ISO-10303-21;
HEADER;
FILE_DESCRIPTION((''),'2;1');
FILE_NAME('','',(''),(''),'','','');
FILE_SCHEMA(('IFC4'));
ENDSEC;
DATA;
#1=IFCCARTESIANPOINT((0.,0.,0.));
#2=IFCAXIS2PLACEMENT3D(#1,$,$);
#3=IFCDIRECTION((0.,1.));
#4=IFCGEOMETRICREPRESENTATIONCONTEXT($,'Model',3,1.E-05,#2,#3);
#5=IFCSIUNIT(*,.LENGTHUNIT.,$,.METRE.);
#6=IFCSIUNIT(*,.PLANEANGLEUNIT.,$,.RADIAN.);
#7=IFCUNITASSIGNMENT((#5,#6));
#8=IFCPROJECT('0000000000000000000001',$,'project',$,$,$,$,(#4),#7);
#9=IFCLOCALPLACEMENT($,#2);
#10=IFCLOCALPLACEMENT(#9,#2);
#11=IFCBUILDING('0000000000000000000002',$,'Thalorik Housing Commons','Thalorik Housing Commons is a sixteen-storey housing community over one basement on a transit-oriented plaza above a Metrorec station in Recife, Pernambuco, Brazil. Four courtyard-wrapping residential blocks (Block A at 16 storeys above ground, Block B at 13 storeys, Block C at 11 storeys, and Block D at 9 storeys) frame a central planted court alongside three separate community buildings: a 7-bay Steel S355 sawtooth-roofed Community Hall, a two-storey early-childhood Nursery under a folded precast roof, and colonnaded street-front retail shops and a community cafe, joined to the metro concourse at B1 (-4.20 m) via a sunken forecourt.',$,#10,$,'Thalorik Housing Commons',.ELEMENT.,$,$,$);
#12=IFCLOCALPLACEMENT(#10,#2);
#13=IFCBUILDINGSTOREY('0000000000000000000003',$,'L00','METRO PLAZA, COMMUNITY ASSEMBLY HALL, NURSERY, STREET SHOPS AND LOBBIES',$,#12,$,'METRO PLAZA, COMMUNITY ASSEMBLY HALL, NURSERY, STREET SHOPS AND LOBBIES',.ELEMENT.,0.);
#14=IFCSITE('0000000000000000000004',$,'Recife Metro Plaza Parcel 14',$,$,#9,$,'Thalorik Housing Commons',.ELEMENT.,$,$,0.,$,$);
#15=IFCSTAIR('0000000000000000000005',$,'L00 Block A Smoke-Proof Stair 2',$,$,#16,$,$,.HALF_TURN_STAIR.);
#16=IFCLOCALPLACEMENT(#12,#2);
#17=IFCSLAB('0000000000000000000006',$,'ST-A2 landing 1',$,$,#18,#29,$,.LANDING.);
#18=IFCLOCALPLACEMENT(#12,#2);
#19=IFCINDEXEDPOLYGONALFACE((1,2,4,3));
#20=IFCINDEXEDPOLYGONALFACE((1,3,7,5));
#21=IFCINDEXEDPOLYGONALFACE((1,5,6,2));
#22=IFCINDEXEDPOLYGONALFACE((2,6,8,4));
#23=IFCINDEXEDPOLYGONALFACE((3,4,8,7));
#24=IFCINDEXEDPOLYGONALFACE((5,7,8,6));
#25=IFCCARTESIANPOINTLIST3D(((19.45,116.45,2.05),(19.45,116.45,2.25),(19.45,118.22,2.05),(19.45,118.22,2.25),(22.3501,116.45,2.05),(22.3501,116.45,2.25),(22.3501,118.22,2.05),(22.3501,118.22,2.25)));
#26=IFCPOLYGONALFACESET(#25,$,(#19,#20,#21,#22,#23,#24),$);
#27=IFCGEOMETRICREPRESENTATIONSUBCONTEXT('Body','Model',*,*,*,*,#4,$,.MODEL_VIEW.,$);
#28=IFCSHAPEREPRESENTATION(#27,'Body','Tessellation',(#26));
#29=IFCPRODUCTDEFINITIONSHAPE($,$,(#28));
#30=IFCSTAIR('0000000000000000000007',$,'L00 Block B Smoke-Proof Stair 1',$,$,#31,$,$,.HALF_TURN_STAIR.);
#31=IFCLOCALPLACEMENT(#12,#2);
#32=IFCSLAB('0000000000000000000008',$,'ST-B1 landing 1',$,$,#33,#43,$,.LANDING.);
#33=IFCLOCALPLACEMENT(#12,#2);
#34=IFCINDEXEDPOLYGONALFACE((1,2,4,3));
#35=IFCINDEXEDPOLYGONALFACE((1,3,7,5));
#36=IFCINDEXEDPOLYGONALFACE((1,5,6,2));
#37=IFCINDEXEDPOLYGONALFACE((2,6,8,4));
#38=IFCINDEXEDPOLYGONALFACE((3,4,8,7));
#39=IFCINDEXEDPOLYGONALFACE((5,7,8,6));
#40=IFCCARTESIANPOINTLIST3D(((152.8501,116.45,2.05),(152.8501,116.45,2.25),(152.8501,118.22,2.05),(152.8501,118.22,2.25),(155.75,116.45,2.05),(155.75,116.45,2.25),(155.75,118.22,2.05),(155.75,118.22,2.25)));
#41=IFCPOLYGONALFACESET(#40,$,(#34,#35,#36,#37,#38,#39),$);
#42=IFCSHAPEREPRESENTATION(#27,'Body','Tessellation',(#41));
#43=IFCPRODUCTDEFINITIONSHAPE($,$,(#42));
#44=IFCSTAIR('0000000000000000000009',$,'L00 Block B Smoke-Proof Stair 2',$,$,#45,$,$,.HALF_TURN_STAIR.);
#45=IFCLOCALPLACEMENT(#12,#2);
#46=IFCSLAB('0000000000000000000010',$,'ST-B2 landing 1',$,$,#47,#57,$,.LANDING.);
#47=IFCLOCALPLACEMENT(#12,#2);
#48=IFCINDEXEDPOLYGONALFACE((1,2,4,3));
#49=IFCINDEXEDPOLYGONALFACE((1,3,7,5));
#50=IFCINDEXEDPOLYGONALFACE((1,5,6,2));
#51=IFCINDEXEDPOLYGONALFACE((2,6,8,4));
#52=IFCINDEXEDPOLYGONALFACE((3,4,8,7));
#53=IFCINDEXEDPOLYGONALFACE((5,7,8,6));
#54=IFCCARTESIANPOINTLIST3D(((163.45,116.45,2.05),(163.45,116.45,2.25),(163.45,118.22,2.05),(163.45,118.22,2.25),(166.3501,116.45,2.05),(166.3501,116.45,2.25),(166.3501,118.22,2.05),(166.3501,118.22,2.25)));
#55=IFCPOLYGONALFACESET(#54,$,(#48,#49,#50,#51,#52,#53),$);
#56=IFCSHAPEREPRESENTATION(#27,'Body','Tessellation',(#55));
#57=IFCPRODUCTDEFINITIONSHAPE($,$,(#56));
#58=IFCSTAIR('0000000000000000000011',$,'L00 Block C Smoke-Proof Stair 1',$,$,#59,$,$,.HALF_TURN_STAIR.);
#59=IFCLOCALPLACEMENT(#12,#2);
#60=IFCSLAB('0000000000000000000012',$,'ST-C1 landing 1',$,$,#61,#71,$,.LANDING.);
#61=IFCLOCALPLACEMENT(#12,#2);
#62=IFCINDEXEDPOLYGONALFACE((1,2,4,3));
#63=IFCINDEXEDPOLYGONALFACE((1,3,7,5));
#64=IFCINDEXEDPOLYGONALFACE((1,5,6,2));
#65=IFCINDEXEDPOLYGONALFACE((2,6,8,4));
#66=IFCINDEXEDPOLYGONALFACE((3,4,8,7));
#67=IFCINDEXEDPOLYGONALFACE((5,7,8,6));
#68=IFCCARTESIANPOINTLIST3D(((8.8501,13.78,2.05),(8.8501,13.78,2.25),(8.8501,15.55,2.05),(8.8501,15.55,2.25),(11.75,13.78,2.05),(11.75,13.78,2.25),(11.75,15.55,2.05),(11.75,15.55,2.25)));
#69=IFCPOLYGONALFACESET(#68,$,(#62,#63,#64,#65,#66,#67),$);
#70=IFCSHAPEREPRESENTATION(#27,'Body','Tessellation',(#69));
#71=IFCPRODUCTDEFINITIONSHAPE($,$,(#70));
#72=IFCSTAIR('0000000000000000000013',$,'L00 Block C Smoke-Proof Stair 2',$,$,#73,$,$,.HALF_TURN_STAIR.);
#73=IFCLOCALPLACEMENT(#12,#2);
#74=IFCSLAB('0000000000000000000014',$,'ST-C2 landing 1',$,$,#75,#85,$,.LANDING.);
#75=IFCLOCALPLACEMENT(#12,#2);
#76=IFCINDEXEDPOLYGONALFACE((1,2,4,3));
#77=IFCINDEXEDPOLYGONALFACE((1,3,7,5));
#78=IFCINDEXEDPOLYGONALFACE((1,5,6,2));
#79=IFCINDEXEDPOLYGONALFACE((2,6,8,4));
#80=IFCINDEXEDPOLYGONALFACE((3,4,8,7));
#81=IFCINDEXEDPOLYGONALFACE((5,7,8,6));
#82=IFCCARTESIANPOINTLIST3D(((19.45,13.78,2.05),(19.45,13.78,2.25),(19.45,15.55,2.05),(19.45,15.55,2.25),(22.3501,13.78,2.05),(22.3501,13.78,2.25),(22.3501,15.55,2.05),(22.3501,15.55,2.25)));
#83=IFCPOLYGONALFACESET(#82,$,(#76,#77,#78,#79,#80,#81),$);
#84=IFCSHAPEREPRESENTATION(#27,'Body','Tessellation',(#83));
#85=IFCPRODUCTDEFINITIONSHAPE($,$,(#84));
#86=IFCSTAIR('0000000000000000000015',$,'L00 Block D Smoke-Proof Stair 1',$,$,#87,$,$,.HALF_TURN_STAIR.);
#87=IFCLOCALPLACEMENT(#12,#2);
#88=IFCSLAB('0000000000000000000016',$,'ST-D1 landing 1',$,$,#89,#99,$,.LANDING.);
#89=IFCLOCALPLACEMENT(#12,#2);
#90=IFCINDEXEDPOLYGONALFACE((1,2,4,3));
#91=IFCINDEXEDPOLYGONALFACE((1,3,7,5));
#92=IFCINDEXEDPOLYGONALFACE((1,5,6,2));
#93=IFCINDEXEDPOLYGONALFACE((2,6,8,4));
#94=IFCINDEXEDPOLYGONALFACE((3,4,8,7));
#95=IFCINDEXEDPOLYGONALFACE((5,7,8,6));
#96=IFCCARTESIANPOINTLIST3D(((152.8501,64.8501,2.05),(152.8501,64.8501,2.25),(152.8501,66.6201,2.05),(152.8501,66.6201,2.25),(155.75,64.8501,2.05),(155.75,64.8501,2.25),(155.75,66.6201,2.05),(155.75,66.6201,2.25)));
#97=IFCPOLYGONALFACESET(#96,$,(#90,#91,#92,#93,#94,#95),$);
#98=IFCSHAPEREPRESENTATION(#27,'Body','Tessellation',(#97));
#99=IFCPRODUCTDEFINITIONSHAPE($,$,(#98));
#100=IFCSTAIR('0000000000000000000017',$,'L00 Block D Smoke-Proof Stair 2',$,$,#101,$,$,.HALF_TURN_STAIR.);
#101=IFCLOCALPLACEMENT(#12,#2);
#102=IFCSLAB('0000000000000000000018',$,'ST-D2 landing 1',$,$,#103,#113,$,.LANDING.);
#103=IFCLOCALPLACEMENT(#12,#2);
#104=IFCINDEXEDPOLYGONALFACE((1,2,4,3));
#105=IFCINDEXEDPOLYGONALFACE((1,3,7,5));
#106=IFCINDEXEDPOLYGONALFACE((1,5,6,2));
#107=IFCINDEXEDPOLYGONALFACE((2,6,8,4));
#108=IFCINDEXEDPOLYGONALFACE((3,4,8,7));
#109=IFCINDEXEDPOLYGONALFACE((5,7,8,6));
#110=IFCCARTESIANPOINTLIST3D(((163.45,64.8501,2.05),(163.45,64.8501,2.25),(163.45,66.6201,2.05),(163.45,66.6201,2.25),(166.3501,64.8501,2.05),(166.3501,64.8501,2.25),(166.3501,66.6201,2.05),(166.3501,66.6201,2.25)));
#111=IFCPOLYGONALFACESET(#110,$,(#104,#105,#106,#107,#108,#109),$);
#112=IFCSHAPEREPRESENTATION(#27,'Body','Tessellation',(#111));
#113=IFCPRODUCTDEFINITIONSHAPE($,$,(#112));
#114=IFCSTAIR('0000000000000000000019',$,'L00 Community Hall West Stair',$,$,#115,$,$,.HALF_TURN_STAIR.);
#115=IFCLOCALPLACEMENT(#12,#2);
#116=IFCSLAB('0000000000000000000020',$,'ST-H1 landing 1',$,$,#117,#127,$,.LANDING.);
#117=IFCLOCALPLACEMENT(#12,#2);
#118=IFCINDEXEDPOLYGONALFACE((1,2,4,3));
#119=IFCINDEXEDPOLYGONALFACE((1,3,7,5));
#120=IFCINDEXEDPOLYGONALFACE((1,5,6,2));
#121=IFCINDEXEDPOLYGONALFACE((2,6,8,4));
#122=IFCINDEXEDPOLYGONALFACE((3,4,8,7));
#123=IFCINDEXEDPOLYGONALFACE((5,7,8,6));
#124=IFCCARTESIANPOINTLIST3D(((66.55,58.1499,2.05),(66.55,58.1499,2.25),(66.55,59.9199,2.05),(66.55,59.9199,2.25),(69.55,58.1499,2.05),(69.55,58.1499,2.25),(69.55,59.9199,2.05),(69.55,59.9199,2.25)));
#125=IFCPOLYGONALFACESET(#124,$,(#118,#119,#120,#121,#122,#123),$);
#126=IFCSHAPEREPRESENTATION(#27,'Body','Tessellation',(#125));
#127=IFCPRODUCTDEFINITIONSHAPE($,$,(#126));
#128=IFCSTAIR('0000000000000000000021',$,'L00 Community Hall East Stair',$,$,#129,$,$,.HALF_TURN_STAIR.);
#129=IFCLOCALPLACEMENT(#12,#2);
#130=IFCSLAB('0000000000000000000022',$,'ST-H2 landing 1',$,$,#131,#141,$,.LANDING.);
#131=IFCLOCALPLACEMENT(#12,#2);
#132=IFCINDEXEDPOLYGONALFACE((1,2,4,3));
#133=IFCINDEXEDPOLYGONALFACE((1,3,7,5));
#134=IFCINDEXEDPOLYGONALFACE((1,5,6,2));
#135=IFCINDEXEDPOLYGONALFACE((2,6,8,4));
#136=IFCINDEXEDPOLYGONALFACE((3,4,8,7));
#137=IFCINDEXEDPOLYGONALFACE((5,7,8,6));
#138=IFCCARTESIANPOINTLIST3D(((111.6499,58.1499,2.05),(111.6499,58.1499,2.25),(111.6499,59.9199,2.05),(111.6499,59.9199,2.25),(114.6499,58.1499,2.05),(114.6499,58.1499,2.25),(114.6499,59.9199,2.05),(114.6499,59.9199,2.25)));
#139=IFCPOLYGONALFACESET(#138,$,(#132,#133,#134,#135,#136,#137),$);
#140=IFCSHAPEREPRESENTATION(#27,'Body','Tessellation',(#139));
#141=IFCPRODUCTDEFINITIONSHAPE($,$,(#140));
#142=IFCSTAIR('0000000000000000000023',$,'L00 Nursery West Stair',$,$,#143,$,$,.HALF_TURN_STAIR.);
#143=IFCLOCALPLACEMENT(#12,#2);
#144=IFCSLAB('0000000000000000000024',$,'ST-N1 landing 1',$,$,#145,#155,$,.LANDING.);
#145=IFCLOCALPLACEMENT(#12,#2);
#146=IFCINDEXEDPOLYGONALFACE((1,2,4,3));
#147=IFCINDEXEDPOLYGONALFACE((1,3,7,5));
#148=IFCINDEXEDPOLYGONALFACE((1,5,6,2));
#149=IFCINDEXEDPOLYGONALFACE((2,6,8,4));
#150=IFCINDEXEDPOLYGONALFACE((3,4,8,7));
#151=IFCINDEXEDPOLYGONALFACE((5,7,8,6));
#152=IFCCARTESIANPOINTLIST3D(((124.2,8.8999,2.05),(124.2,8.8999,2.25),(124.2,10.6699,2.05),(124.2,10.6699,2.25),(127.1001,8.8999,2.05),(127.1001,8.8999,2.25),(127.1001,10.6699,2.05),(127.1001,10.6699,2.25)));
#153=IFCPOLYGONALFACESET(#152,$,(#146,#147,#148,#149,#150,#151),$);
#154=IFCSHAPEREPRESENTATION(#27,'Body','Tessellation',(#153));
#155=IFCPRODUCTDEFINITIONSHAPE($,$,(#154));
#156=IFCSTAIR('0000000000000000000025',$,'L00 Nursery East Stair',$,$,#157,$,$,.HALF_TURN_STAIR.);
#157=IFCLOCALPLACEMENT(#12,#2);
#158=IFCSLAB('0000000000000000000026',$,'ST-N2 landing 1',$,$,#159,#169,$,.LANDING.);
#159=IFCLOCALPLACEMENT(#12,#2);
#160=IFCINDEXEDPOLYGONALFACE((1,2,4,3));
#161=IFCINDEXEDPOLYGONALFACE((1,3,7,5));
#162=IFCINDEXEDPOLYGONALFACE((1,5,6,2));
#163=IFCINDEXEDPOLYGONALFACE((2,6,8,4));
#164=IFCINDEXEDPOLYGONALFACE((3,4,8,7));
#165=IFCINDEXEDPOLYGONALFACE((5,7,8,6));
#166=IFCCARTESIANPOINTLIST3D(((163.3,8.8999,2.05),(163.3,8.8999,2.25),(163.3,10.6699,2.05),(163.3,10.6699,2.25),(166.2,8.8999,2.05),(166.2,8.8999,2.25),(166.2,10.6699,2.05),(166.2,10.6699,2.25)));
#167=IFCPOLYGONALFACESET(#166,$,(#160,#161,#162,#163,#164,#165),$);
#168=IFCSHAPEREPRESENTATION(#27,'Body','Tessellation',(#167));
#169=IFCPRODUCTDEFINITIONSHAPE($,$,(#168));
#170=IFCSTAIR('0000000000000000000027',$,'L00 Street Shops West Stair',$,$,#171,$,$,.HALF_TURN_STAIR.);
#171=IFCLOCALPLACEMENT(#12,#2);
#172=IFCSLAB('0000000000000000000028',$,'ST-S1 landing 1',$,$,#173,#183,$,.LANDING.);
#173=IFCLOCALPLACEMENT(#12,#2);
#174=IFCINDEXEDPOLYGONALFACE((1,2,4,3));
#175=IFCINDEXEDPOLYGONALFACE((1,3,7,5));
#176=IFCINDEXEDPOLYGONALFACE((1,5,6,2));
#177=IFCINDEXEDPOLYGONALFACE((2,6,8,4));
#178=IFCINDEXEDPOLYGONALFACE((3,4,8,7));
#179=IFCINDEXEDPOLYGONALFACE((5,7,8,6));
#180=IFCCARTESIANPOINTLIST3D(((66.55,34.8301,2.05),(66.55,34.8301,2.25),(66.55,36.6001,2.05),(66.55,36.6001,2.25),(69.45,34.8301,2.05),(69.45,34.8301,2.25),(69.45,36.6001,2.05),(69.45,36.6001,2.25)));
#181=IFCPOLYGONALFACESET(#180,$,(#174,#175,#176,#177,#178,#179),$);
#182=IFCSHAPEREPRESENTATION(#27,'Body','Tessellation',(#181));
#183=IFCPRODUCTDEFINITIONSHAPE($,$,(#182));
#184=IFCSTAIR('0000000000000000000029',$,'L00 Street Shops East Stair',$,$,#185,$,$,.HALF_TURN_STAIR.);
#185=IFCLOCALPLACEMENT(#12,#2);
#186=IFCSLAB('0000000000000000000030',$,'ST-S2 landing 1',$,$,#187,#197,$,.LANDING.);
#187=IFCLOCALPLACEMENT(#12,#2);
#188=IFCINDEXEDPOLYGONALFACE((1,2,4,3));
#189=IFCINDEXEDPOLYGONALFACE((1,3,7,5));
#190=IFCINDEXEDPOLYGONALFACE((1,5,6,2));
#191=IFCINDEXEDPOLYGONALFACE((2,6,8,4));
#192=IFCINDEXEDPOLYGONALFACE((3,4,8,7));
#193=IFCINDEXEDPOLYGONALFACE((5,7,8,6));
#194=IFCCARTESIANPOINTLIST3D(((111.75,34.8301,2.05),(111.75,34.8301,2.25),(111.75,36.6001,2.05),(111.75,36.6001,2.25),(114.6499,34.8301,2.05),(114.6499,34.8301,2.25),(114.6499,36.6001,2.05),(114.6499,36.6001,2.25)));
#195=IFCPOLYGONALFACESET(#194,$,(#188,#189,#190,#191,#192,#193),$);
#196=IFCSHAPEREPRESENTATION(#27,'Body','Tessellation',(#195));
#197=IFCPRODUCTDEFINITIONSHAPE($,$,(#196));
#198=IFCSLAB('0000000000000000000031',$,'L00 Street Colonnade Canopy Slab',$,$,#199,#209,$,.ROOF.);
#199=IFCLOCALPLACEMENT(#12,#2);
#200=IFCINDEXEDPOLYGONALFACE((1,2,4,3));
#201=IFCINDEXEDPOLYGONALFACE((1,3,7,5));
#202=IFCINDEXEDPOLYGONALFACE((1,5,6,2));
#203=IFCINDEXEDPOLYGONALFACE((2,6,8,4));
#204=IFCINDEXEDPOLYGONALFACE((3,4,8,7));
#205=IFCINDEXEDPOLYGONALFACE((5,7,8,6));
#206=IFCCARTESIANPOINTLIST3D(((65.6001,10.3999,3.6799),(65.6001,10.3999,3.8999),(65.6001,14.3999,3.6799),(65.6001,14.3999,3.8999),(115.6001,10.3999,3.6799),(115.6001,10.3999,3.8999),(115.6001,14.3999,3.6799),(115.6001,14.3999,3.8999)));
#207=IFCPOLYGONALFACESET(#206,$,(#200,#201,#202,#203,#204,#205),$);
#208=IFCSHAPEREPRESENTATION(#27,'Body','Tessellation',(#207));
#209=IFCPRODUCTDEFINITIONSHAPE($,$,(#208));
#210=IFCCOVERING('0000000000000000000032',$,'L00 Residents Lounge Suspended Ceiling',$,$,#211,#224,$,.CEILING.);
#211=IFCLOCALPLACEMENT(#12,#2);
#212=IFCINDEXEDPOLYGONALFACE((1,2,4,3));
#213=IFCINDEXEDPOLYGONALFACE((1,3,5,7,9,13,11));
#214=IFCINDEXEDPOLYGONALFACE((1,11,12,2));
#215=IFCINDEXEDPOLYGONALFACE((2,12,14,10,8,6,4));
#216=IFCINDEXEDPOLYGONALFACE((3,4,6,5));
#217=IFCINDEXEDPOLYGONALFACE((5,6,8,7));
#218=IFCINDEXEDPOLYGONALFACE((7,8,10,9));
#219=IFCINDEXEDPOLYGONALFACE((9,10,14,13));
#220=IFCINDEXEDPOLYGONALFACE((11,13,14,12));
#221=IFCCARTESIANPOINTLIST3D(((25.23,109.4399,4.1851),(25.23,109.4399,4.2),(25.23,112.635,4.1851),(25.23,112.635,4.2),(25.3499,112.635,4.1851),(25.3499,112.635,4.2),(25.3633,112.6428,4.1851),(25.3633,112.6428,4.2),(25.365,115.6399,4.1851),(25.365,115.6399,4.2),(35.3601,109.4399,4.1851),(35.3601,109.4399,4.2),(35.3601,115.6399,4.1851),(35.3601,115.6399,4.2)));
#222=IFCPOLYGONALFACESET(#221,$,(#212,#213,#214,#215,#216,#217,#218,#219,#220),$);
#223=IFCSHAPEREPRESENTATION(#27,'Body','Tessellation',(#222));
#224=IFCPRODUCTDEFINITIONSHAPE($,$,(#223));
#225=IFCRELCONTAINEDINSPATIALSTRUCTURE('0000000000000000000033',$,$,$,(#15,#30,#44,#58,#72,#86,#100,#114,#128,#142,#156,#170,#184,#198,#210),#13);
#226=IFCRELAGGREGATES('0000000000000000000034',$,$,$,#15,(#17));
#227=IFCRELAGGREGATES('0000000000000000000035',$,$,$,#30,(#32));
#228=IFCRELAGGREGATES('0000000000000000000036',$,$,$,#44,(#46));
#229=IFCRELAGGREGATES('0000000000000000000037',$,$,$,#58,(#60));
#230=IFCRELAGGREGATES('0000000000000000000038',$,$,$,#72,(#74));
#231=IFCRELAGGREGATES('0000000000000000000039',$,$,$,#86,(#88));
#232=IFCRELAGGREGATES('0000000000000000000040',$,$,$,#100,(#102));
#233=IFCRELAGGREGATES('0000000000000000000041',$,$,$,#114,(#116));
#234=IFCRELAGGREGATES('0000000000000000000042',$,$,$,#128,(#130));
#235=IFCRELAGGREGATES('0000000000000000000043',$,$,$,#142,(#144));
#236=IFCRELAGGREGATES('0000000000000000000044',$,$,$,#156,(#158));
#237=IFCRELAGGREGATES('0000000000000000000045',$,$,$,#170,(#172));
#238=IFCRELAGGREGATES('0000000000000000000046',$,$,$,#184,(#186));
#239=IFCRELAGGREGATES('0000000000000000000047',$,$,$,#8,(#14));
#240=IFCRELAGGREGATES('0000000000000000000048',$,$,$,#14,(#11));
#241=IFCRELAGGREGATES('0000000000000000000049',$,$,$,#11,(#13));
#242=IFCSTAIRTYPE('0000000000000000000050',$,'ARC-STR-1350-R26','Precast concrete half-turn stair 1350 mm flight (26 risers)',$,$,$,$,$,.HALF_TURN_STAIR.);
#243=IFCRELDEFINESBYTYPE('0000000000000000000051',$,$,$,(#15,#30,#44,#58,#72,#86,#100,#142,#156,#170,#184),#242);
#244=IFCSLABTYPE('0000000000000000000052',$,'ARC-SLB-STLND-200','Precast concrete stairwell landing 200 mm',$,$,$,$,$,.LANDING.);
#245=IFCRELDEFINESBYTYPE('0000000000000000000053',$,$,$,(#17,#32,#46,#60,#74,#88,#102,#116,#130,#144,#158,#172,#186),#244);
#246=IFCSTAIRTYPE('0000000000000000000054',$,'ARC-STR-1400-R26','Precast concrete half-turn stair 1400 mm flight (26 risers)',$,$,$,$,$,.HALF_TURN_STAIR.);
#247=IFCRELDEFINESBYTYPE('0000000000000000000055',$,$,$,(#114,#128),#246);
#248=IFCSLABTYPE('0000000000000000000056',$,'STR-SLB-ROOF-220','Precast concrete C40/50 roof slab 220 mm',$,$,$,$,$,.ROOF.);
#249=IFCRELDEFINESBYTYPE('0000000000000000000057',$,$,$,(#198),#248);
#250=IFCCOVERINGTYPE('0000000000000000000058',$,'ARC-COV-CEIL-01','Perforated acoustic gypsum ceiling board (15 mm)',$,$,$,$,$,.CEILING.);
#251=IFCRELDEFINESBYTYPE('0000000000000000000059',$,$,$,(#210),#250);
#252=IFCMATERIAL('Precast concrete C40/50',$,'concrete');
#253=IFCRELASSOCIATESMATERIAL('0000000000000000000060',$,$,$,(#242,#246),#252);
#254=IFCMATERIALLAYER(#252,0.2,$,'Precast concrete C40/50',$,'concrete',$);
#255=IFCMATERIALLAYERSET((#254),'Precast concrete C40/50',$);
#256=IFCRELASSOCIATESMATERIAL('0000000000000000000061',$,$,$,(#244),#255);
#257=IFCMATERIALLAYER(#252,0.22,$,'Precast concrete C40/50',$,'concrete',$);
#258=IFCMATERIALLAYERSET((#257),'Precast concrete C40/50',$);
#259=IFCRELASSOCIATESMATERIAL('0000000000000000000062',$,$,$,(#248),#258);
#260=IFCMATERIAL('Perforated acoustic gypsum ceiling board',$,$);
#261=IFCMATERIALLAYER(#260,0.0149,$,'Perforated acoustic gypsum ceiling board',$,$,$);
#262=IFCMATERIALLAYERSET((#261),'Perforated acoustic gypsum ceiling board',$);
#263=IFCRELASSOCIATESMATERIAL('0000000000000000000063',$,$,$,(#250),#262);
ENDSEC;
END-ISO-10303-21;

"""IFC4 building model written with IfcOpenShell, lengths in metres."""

from ifc_helpers import new_model, si_unit, direction, frame, origin, place, context, subcontext, project, spatial, polyline, outline, extrude, material, layer, layer_set, type_object, element, aggregate, save


model = new_model("IFC4")

# Units and contexts
model_context = context("Model", 3, precision=1e-05, world=origin(), true_north=direction((0.0, 1.0)))
body_context = subcontext(model_context, "Body", "Model", "MODEL_VIEW")
ifc_project = project(units=[si_unit("LENGTHUNIT", "METRE"), si_unit("PLANEANGLEUNIT", "RADIAN")], contexts=[model_context])

# Site, building, storey
site_placement = place(None, origin())
site = spatial("IfcSite", under=ifc_project, at=site_placement, Name="Recife Metro Plaza Parcel 14", LongName="Thalorik Housing Commons", CompositionType="ELEMENT", RefElevation=0.0)
building_placement = place(site_placement, origin())
building = spatial("IfcBuilding", under=site, at=building_placement, Name="Thalorik Housing Commons", Description="Thalorik Housing Commons is a sixteen-storey housing community over one basement on a transit-oriented plaza above a Metrorec station in Recife, Pernambuco, Brazil. Four courtyard-wrapping residential blocks (Block A at 16 storeys above ground, Block B at 13 storeys, Block C at 11 storeys, and Block D at 9 storeys) frame a central planted court alongside three separate community buildings: a 7-bay Steel S355 sawtooth-roofed Community Hall, a two-storey early-childhood Nursery under a folded precast roof, and colonnaded street-front retail shops and a community cafe, joined to the metro concourse at B1 (-4.20 m) via a sunken forecourt.", LongName="Thalorik Housing Commons", CompositionType="ELEMENT")
storey_placement = place(building_placement, origin())
storey = spatial("IfcBuildingStorey", under=building, at=storey_placement, Name="L00", Description="METRO PLAZA, COMMUNITY ASSEMBLY HALL, NURSERY, STREET SHOPS AND LOBBIES", LongName="METRO PLAZA, COMMUNITY ASSEMBLY HALL, NURSERY, STREET SHOPS AND LOBBIES", CompositionType="ELEMENT", Elevation=0.0)

# Stairs, slabs
ifc_material_1 = material(Name="Precast concrete C40/50", Category="concrete")
stair_type_1 = type_object("IfcStairType", Name="ARC-STR-1350-R26", Description="Precast concrete half-turn stair 1350 mm flight (26 risers)", PredefinedType="HALF_TURN_STAIR", material=ifc_material_1)
stair_1_placement = place(storey_placement, origin())
stair_1 = element("IfcStair", 1, at=stair_1_placement, inside=storey, type_object=stair_type_1, Name="L00 Block A Smoke-Proof Stair 2", PredefinedType="HALF_TURN_STAIR")
ifc_layer_1 = layer(ifc_material_1, 0.2, Name="Precast concrete C40/50", Category="concrete")
ifc_layer_set_1 = layer_set([ifc_layer_1], Name="Precast concrete C40/50")
slab_type_1 = type_object("IfcSlabType", Name="ARC-SLB-STLND-200", Description="Precast concrete stairwell landing 200 mm", PredefinedType="LANDING", material=ifc_layer_set_1)
slab_1_placement = place(storey_placement, frame((0.0, 0.0, 2.05)))
slab_1 = element("IfcSlab", 2, at=slab_1_placement, type_object=slab_type_1, Name="ST-A2 landing 1", PredefinedType="LANDING", context=body_context, shape_type="SweptSolid", body=[
    extrude(outline(polyline([(19.45, 118.22), (19.45, 116.45), (22.3501, 116.45), (22.3501, 118.22), (19.45, 118.22)])), origin(), (0.0, 0.0, 1.0), 0.2),
])
aggregate(stair_1, [slab_1])
stair_2_placement = place(storey_placement, origin())
stair_2 = element("IfcStair", 3, at=stair_2_placement, inside=storey, type_object=stair_type_1, Name="L00 Block B Smoke-Proof Stair 1", PredefinedType="HALF_TURN_STAIR")
slab_2_placement = place(storey_placement, frame((0.0, 0.0, 2.05)))
slab_2 = element("IfcSlab", 4, at=slab_2_placement, type_object=slab_type_1, Name="ST-B1 landing 1", PredefinedType="LANDING", context=body_context, shape_type="SweptSolid", body=[
    extrude(outline(polyline([(152.8501, 118.22), (152.8501, 116.45), (155.75, 116.45), (155.75, 118.22), (152.8501, 118.22)])), origin(), (0.0, 0.0, 1.0), 0.2),
])
aggregate(stair_2, [slab_2])
stair_3_placement = place(storey_placement, origin())
stair_3 = element("IfcStair", 5, at=stair_3_placement, inside=storey, type_object=stair_type_1, Name="L00 Block B Smoke-Proof Stair 2", PredefinedType="HALF_TURN_STAIR")
slab_3_placement = place(storey_placement, frame((0.0, 0.0, 2.05)))
slab_3 = element("IfcSlab", 6, at=slab_3_placement, type_object=slab_type_1, Name="ST-B2 landing 1", PredefinedType="LANDING", context=body_context, shape_type="SweptSolid", body=[
    extrude(outline(polyline([(163.45, 118.22), (163.45, 116.45), (166.3501, 116.45), (166.3501, 118.22), (163.45, 118.22)])), origin(), (0.0, 0.0, 1.0), 0.2),
])
aggregate(stair_3, [slab_3])
stair_4_placement = place(storey_placement, origin())
stair_4 = element("IfcStair", 7, at=stair_4_placement, inside=storey, type_object=stair_type_1, Name="L00 Block C Smoke-Proof Stair 1", PredefinedType="HALF_TURN_STAIR")
slab_4_placement = place(storey_placement, frame((0.0, 0.0, 2.05)))
slab_4 = element("IfcSlab", 8, at=slab_4_placement, type_object=slab_type_1, Name="ST-C1 landing 1", PredefinedType="LANDING", context=body_context, shape_type="SweptSolid", body=[
    extrude(outline(polyline([(11.75, 13.78), (11.75, 15.55), (8.8501, 15.55), (8.8501, 13.78), (11.75, 13.78)])), origin(), (0.0, 0.0, 1.0), 0.2),
])
aggregate(stair_4, [slab_4])
stair_5_placement = place(storey_placement, origin())
stair_5 = element("IfcStair", 9, at=stair_5_placement, inside=storey, type_object=stair_type_1, Name="L00 Block C Smoke-Proof Stair 2", PredefinedType="HALF_TURN_STAIR")
slab_5_placement = place(storey_placement, frame((0.0, 0.0, 2.05)))
slab_5 = element("IfcSlab", 10, at=slab_5_placement, type_object=slab_type_1, Name="ST-C2 landing 1", PredefinedType="LANDING", context=body_context, shape_type="SweptSolid", body=[
    extrude(outline(polyline([(22.3501, 13.78), (22.3501, 15.55), (19.45, 15.55), (19.45, 13.78), (22.3501, 13.78)])), origin(), (0.0, 0.0, 1.0), 0.2),
])
aggregate(stair_5, [slab_5])
stair_6_placement = place(storey_placement, origin())
stair_6 = element("IfcStair", 11, at=stair_6_placement, inside=storey, type_object=stair_type_1, Name="L00 Block D Smoke-Proof Stair 1", PredefinedType="HALF_TURN_STAIR")
slab_6_placement = place(storey_placement, frame((0.0, 0.0, 2.05)))
slab_6 = element("IfcSlab", 12, at=slab_6_placement, type_object=slab_type_1, Name="ST-D1 landing 1", PredefinedType="LANDING", context=body_context, shape_type="SweptSolid", body=[
    extrude(outline(polyline([(152.8501, 66.6201), (152.8501, 64.8501), (155.75, 64.8501), (155.75, 66.6201), (152.8501, 66.6201)])), origin(), (0.0, 0.0, 1.0), 0.2),
])
aggregate(stair_6, [slab_6])
stair_7_placement = place(storey_placement, origin())
stair_7 = element("IfcStair", 13, at=stair_7_placement, inside=storey, type_object=stair_type_1, Name="L00 Block D Smoke-Proof Stair 2", PredefinedType="HALF_TURN_STAIR")
slab_7_placement = place(storey_placement, frame((0.0, 0.0, 2.05)))
slab_7 = element("IfcSlab", 14, at=slab_7_placement, type_object=slab_type_1, Name="ST-D2 landing 1", PredefinedType="LANDING", context=body_context, shape_type="SweptSolid", body=[
    extrude(outline(polyline([(163.45, 66.6201), (163.45, 64.8501), (166.3501, 64.8501), (166.3501, 66.6201), (163.45, 66.6201)])), origin(), (0.0, 0.0, 1.0), 0.2),
])
aggregate(stair_7, [slab_7])
stair_type_2 = type_object("IfcStairType", Name="ARC-STR-1400-R26", Description="Precast concrete half-turn stair 1400 mm flight (26 risers)", PredefinedType="HALF_TURN_STAIR", material=ifc_material_1)
stair_8_placement = place(storey_placement, origin())
stair_8 = element("IfcStair", 15, at=stair_8_placement, inside=storey, type_object=stair_type_2, Name="L00 Community Hall West Stair", PredefinedType="HALF_TURN_STAIR")
slab_8_placement = place(storey_placement, frame((0.0, 0.0, 2.05)))
slab_8 = element("IfcSlab", 16, at=slab_8_placement, type_object=slab_type_1, Name="ST-H1 landing 1", PredefinedType="LANDING", context=body_context, shape_type="SweptSolid", body=[
    extrude(outline(polyline([(66.55, 59.9199), (66.55, 58.1499), (69.55, 58.1499), (69.55, 59.9199), (66.55, 59.9199)])), origin(), (0.0, 0.0, 1.0), 0.2),
])
aggregate(stair_8, [slab_8])
stair_9_placement = place(storey_placement, origin())
stair_9 = element("IfcStair", 17, at=stair_9_placement, inside=storey, type_object=stair_type_2, Name="L00 Community Hall East Stair", PredefinedType="HALF_TURN_STAIR")
slab_9_placement = place(storey_placement, frame((0.0, 0.0, 2.05)))
slab_9 = element("IfcSlab", 18, at=slab_9_placement, type_object=slab_type_1, Name="ST-H2 landing 1", PredefinedType="LANDING", context=body_context, shape_type="SweptSolid", body=[
    extrude(outline(polyline([(111.6499, 59.9199), (111.6499, 58.1499), (114.6499, 58.1499), (114.6499, 59.9199), (111.6499, 59.9199)])), origin(), (0.0, 0.0, 1.0), 0.2),
])
aggregate(stair_9, [slab_9])
stair_10_placement = place(storey_placement, origin())
stair_10 = element("IfcStair", 19, at=stair_10_placement, inside=storey, type_object=stair_type_1, Name="L00 Nursery West Stair", PredefinedType="HALF_TURN_STAIR")
slab_10_placement = place(storey_placement, frame((0.0, 0.0, 2.05)))
slab_10 = element("IfcSlab", 20, at=slab_10_placement, type_object=slab_type_1, Name="ST-N1 landing 1", PredefinedType="LANDING", context=body_context, shape_type="SweptSolid", body=[
    extrude(outline(polyline([(124.2, 10.6699), (124.2, 8.8999), (127.1001, 8.8999), (127.1001, 10.6699), (124.2, 10.6699)])), origin(), (0.0, 0.0, 1.0), 0.2),
])
aggregate(stair_10, [slab_10])
stair_11_placement = place(storey_placement, origin())
stair_11 = element("IfcStair", 21, at=stair_11_placement, inside=storey, type_object=stair_type_1, Name="L00 Nursery East Stair", PredefinedType="HALF_TURN_STAIR")
slab_11_placement = place(storey_placement, frame((0.0, 0.0, 2.05)))
slab_11 = element("IfcSlab", 22, at=slab_11_placement, type_object=slab_type_1, Name="ST-N2 landing 1", PredefinedType="LANDING", context=body_context, shape_type="SweptSolid", body=[
    extrude(outline(polyline([(163.3, 10.6699), (163.3, 8.8999), (166.2, 8.8999), (166.2, 10.6699), (163.3, 10.6699)])), origin(), (0.0, 0.0, 1.0), 0.2),
])
aggregate(stair_11, [slab_11])
stair_12_placement = place(storey_placement, origin())
stair_12 = element("IfcStair", 23, at=stair_12_placement, inside=storey, type_object=stair_type_1, Name="L00 Street Shops West Stair", PredefinedType="HALF_TURN_STAIR")
slab_12_placement = place(storey_placement, frame((0.0, 0.0, 2.05)))
slab_12 = element("IfcSlab", 24, at=slab_12_placement, type_object=slab_type_1, Name="ST-S1 landing 1", PredefinedType="LANDING", context=body_context, shape_type="SweptSolid", body=[
    extrude(outline(polyline([(69.45, 34.8301), (69.45, 36.6001), (66.55, 36.6001), (66.55, 34.8301), (69.45, 34.8301)])), origin(), (0.0, 0.0, 1.0), 0.2),
])
aggregate(stair_12, [slab_12])
stair_13_placement = place(storey_placement, origin())
stair_13 = element("IfcStair", 25, at=stair_13_placement, inside=storey, type_object=stair_type_1, Name="L00 Street Shops East Stair", PredefinedType="HALF_TURN_STAIR")
slab_13_placement = place(storey_placement, frame((0.0, 0.0, 2.05)))
slab_13 = element("IfcSlab", 26, at=slab_13_placement, type_object=slab_type_1, Name="ST-S2 landing 1", PredefinedType="LANDING", context=body_context, shape_type="SweptSolid", body=[
    extrude(outline(polyline([(114.6499, 34.8301), (114.6499, 36.6001), (111.75, 36.6001), (111.75, 34.8301), (114.6499, 34.8301)])), origin(), (0.0, 0.0, 1.0), 0.2),
])
aggregate(stair_13, [slab_13])

# Slab
ifc_layer_2 = layer(ifc_material_1, 0.22, Name="Precast concrete C40/50", Category="concrete")
ifc_layer_set_2 = layer_set([ifc_layer_2], Name="Precast concrete C40/50")
slab_type_2 = type_object("IfcSlabType", Name="STR-SLB-ROOF-220", Description="Precast concrete C40/50 roof slab 220 mm", PredefinedType="ROOF", material=ifc_layer_set_2)
slab_14_placement = place(storey_placement, frame((0.0, 0.0, 3.6799)))
element("IfcSlab", 27, at=slab_14_placement, inside=storey, type_object=slab_type_2, Name="L00 Street Colonnade Canopy Slab", PredefinedType="ROOF", context=body_context, shape_type="SweptSolid", body=[
    extrude(outline(polyline([(65.6001, 10.3999), (115.6001, 10.3999), (115.6001, 14.3999), (65.6001, 14.3999), (65.6001, 10.3999)])), origin(), (0.0, 0.0, 1.0), 0.22),
])

# Covering
ifc_material_2 = material(Name="Perforated acoustic gypsum ceiling board")
ifc_layer_3 = layer(ifc_material_2, 0.0149, Name="Perforated acoustic gypsum ceiling board")
ifc_layer_set_3 = layer_set([ifc_layer_3], Name="Perforated acoustic gypsum ceiling board")
covering_type_1 = type_object("IfcCoveringType", Name="ARC-COV-CEIL-01", Description="Perforated acoustic gypsum ceiling board (15 mm)", PredefinedType="CEILING", material=ifc_layer_set_3)
covering_1_placement = place(storey_placement, frame((0.0, 0.0, 4.1851)))
element("IfcCovering", 28, at=covering_1_placement, inside=storey, type_object=covering_type_1, Name="L00 Residents Lounge Suspended Ceiling", PredefinedType="CEILING", context=body_context, shape_type="SweptSolid", body=[
    extrude(outline(polyline([(25.23, 109.4399), (35.3601, 109.4399), (35.3601, 115.6399), (25.365, 115.6399), (25.3633, 112.6428), (25.3499, 112.635), (25.23, 112.635), (25.23, 109.4399)])), origin(), (0.0, 0.0, 1.0), 0.0149),
])

save(model, "model.ifc")
